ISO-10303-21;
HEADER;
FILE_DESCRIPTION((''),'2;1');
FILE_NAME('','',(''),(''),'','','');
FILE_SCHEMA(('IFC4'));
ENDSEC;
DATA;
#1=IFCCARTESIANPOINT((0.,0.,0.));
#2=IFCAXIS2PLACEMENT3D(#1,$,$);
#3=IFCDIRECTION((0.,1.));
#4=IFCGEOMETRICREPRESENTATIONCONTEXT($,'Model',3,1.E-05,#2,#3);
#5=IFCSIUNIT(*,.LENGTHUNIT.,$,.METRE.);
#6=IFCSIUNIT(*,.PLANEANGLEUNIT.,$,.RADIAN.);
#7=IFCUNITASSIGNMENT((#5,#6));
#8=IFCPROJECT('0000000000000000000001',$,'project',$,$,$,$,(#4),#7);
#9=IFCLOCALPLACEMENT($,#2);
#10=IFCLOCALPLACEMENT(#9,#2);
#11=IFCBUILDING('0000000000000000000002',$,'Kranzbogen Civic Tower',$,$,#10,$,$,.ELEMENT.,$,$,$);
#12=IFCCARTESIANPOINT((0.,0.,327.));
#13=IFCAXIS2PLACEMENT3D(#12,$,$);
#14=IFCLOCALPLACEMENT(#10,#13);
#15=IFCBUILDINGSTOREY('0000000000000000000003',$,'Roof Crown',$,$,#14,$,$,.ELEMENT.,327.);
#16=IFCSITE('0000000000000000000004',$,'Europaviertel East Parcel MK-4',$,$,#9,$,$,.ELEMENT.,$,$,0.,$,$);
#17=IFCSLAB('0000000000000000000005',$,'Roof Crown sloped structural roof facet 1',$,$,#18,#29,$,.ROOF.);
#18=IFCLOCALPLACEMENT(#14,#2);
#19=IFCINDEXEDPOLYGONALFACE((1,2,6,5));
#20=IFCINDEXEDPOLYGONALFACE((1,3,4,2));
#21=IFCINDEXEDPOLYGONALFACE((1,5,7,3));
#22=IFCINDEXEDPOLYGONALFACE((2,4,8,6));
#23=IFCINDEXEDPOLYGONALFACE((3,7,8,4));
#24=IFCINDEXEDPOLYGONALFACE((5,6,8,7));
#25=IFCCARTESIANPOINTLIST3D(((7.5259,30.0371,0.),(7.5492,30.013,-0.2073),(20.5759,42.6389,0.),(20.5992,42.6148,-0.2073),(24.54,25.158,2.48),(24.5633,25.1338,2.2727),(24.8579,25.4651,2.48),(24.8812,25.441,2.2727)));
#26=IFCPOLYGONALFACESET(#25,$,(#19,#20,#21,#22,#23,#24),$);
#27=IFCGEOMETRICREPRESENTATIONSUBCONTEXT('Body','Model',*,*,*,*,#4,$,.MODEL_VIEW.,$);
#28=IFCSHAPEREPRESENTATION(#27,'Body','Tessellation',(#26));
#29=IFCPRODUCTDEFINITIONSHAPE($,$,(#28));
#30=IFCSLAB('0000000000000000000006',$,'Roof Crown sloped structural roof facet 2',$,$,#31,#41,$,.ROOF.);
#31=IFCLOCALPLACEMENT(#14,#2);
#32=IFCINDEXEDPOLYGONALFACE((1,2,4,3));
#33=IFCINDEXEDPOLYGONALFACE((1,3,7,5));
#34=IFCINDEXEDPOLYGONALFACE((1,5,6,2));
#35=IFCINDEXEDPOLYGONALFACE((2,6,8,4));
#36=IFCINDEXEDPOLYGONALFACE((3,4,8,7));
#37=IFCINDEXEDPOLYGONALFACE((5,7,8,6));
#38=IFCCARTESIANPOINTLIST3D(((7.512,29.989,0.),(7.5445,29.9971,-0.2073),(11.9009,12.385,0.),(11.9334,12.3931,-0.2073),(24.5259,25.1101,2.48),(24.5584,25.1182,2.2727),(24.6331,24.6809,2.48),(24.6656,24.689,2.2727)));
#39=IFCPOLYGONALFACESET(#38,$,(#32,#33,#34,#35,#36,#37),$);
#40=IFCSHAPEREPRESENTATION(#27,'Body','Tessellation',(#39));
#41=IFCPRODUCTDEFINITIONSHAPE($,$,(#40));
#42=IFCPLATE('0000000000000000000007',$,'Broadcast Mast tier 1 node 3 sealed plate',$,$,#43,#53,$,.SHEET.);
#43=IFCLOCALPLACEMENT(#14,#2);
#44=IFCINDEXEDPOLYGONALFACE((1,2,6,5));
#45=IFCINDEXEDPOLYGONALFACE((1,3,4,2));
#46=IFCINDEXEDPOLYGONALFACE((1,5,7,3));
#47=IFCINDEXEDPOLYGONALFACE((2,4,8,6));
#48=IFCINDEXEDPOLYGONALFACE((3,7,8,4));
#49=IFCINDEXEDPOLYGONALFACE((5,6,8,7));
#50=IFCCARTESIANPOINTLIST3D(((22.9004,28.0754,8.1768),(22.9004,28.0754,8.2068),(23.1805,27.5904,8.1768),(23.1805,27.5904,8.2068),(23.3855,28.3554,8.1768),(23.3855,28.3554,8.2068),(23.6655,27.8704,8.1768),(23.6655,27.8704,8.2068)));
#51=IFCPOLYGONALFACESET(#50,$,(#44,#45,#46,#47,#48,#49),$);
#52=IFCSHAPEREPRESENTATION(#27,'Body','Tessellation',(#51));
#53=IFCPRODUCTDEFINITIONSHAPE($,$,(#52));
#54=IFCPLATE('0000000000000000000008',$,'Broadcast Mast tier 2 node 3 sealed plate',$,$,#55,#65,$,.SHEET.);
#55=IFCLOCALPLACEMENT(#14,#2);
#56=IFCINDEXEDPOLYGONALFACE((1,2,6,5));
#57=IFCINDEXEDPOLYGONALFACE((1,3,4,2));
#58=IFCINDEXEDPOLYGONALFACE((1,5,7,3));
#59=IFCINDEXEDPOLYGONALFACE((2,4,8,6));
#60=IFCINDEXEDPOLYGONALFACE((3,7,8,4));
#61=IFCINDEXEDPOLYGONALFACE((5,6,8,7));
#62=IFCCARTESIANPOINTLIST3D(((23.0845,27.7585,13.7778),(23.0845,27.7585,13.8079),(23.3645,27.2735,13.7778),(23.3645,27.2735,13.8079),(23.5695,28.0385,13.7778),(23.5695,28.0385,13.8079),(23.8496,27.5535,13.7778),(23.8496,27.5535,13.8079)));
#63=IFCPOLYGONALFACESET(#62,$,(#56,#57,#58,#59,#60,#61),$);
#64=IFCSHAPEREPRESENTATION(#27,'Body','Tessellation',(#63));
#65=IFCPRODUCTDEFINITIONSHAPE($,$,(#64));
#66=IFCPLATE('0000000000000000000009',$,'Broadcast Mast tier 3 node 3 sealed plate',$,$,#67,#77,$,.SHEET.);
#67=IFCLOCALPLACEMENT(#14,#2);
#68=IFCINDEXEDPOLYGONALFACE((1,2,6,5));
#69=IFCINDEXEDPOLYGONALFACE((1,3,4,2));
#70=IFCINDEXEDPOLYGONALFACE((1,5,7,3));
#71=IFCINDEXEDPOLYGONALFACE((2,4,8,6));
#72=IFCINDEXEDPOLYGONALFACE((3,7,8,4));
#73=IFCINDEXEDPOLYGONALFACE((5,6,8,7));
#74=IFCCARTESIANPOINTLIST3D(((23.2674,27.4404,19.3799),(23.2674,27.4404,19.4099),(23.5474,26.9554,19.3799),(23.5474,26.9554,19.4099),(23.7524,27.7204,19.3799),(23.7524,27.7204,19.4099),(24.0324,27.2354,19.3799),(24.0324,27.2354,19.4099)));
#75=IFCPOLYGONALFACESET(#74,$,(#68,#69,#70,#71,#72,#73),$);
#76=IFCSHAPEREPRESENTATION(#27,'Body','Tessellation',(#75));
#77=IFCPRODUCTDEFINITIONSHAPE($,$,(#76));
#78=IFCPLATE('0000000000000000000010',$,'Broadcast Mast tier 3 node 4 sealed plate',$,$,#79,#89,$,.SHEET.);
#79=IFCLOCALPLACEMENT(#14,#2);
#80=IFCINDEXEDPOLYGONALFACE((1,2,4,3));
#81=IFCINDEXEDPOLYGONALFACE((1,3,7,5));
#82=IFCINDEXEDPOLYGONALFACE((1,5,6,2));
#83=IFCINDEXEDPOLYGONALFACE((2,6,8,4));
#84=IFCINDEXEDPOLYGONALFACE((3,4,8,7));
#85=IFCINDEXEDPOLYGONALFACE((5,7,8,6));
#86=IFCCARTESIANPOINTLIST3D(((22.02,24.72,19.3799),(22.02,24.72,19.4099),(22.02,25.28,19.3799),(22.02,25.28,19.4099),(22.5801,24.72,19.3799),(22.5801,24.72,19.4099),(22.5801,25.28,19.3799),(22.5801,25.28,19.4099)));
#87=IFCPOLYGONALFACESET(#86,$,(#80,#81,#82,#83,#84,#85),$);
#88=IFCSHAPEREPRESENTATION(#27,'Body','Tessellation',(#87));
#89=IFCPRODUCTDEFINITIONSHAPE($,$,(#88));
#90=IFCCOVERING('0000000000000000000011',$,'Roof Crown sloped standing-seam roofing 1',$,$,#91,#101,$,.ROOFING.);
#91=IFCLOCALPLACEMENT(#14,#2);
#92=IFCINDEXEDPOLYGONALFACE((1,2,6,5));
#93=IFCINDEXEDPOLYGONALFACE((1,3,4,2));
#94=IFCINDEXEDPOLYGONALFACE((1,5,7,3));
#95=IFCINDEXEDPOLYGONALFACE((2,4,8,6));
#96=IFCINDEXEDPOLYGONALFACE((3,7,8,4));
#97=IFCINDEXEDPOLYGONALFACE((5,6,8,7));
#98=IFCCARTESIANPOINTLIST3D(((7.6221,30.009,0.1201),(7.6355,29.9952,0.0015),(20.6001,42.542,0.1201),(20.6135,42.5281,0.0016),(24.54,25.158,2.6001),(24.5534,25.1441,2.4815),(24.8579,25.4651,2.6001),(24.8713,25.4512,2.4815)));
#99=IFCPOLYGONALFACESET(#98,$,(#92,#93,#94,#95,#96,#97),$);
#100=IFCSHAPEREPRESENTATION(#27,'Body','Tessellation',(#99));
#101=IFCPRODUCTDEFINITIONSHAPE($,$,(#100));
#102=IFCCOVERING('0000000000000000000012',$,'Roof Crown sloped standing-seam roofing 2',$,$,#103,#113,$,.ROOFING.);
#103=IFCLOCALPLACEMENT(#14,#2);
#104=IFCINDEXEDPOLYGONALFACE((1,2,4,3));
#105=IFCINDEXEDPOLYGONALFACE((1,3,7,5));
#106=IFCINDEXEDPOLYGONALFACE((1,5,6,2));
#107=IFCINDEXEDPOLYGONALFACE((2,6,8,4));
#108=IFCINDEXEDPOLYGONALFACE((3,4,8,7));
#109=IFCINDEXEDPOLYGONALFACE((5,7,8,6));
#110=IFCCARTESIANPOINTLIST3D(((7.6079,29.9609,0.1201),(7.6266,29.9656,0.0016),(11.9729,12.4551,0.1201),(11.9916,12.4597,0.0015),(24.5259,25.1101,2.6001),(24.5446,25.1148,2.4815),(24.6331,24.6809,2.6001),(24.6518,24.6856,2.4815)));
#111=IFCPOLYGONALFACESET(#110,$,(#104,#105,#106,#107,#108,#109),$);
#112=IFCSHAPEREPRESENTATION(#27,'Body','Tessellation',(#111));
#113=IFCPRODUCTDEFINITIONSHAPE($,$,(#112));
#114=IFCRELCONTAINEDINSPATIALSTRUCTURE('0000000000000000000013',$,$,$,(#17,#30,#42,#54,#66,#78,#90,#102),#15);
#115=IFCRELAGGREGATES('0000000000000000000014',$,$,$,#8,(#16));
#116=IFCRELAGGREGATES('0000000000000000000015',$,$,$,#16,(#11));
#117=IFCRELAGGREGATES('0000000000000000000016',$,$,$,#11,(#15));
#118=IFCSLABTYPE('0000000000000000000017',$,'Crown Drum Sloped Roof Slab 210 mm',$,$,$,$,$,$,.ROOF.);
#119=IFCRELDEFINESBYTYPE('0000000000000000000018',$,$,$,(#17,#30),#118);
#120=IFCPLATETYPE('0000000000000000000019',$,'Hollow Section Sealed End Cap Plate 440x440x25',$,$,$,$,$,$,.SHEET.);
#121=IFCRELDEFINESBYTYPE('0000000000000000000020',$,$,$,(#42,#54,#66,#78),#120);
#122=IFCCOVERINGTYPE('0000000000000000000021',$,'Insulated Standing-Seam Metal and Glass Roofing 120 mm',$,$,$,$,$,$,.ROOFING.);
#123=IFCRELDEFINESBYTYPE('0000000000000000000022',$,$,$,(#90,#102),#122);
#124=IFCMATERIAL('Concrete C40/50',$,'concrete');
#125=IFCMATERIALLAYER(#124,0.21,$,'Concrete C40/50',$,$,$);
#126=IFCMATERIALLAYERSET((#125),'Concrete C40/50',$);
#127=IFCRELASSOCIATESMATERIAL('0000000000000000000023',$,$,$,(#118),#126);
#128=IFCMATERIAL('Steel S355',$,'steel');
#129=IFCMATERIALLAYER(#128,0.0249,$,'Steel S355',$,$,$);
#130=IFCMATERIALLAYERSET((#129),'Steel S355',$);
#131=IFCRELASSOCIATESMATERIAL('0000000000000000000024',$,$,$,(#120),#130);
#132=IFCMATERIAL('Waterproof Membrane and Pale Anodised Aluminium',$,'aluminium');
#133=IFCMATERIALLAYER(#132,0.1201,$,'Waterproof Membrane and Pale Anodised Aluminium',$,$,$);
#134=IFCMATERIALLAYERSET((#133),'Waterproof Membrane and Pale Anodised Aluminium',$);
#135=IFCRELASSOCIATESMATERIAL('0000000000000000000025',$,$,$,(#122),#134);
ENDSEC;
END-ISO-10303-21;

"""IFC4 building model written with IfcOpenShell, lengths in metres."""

from ifc_helpers import new_model, si_unit, direction, frame, origin, origin_2d, place, context, subcontext, project, spatial, polyline, rectangle, outline, extrude, material, layer, layer_set, type_object, element, save


model = new_model("IFC4")

# Units and contexts
model_context = context("Model", 3, precision=1e-05, world=origin(), true_north=direction((0.0, 1.0)))
body_context = subcontext(model_context, "Body", "Model", "MODEL_VIEW")
ifc_project = project(units=[si_unit("LENGTHUNIT", "METRE"), si_unit("PLANEANGLEUNIT", "RADIAN")], contexts=[model_context])

# Site, building, storey
site_placement = place(None, origin())
site = spatial("IfcSite", under=ifc_project, at=site_placement, Name="Europaviertel East Parcel MK-4", CompositionType="ELEMENT", RefElevation=0.0)
building_placement = place(site_placement, origin())
building = spatial("IfcBuilding", under=site, at=building_placement, Name="Kranzbogen Civic Tower", CompositionType="ELEMENT")
storey_placement = place(building_placement, frame((0.0, 0.0, 327.0)))
storey = spatial("IfcBuildingStorey", under=building, at=storey_placement, Name="Roof Crown", CompositionType="ELEMENT", Elevation=327.0)

# Shared definitions
ifc_material_1 = material(Name="Steel S355", Category="steel")

# Slabs
ifc_material_2 = material(Name="Concrete C40/50", Category="concrete")
ifc_layer_1 = layer(ifc_material_2, 0.21, Name="Concrete C40/50")
ifc_layer_set_1 = layer_set([ifc_layer_1], Name="Concrete C40/50")
slab_type = type_object("IfcSlabType", Name="Crown Drum Sloped Roof Slab 210 mm", PredefinedType="ROOF", material=ifc_layer_set_1)
slab_1_placement = place(storey_placement, frame((20.5759, 42.6389, 0.0), z_axis=(-0.110943, 0.114888, 0.987164), x_axis=(-0.719353, -0.694645, -0.000001)))
element("IfcSlab", 1, at=slab_1_placement, inside=storey, type_object=slab_type, Name="Roof Crown sloped structural roof facet 1", PredefinedType="ROOF", context=body_context, shape_type="SweptSolid", body=[
    extrude(outline(polyline([(0.0, 0.0), (18.1414, 0.0), (9.2915, 15.5279), (8.8495, 15.5278), (0.0, 0.0)])), origin(), (0.0, 0.0, -1.0), 0.21),
])
slab_2_placement = place(storey_placement, frame((7.512, 29.989, 0.0), z_axis=(-0.154969, -0.038637, 0.987164), x_axis=(0.241909, -0.970299, -0.000001)))
element("IfcSlab", 2, at=slab_2_placement, inside=storey, type_object=slab_type, Name="Roof Crown sloped structural roof facet 2", PredefinedType="ROOF", context=body_context, shape_type="SweptSolid", body=[
    extrude(outline(polyline([(0.0, 0.0), (18.1429, 0.0), (9.2922, 15.5278), (8.8498, 15.5277), (0.0, 0.0)])), origin(), (0.0, 0.0, -1.0), 0.21),
])

# Plates
ifc_layer_2 = layer(ifc_material_1, 0.0249, Name="Steel S355")
ifc_layer_set_2 = layer_set([ifc_layer_2], Name="Steel S355")
plate_type_1 = type_object("IfcPlateType", Name="Hollow Section Sealed End Cap Plate 440x440x25", PredefinedType="SHEET", material=ifc_layer_set_2)
for number, where, z_axis, x_axis, name in (
    (3, (23.283, 27.9729, 8.1768), (0.0, 0.0, 1.0), (-0.5, 0.866025, 0.0), "Broadcast Mast tier 1 node 3 sealed plate"),
    (4, (23.467, 27.656, 13.7778), (0.0, 0.0, 1.0), (-0.5, 0.866025, 0.0), "Broadcast Mast tier 2 node 3 sealed plate"),
    (5, (23.6499, 27.3379, 19.3799), (0.0, 0.0, 1.0), (-0.5, 0.866025, 0.0), "Broadcast Mast tier 3 node 3 sealed plate"),
    (6, (22.3, 25.0, 19.3799), (0.0, 0.0, 1.0), (-1.0, 0.0, 0.0), "Broadcast Mast tier 3 node 4 sealed plate"),
):
    element("IfcPlate", number, at=place(storey_placement, frame(where, z_axis=z_axis, x_axis=x_axis)), inside=storey, type_object=plate_type_1, Name=name, PredefinedType="SHEET", context=body_context, shape_type="SweptSolid", body=[
        extrude(rectangle(XDim=0.5601, YDim=0.5601, at=origin_2d()), origin(), (0.0, 0.0, 1.0), 0.03),
    ])

# Coverings
ifc_material_3 = material(Name="Waterproof Membrane and Pale Anodised Aluminium", Category="aluminium")
ifc_layer_3 = layer(ifc_material_3, 0.1201, Name="Waterproof Membrane and Pale Anodised Aluminium")
ifc_layer_set_3 = layer_set([ifc_layer_3], Name="Waterproof Membrane and Pale Anodised Aluminium")
covering_type = type_object("IfcCoveringType", Name="Insulated Standing-Seam Metal and Glass Roofing 120 mm", PredefinedType="ROOFING", material=ifc_layer_set_3)
covering_1_placement = place(storey_placement, frame((20.6001, 42.542, 0.1201), z_axis=(-0.111562, 0.115522, 0.98702), x_axis=(-0.719333, -0.694665, -0.000001)))
element("IfcCovering", 7, at=covering_1_placement, inside=storey, type_object=covering_type, Name="Roof Crown sloped standing-seam roofing 1", PredefinedType="ROOFING", context=body_context, shape_type="SweptSolid", body=[
    extrude(outline(polyline([(0.0, 0.0), (18.0417, 0.0), (9.2419, 15.4423), (8.7999, 15.4422), (0.0, 0.0)])), origin(), (0.0, 0.0, -1.0), 0.1201),
])
covering_2_placement = place(storey_placement, frame((7.6079, 29.9609, 0.1201), z_axis=(-0.155825, -0.038856, 0.98702), x_axis=(0.241937, -0.970292, -0.000001)))
element("IfcCovering", 8, at=covering_2_placement, inside=storey, type_object=covering_type, Name="Roof Crown sloped standing-seam roofing 2", PredefinedType="ROOFING", context=body_context, shape_type="SweptSolid", body=[
    extrude(outline(polyline([(0.0, 0.0), (18.0418, 0.0), (9.2422, 15.4424), (8.7998, 15.4422), (0.0, 0.0)])), origin(), (0.0, 0.0, -1.0), 0.1201),
])

save(model, "model.ifc")
